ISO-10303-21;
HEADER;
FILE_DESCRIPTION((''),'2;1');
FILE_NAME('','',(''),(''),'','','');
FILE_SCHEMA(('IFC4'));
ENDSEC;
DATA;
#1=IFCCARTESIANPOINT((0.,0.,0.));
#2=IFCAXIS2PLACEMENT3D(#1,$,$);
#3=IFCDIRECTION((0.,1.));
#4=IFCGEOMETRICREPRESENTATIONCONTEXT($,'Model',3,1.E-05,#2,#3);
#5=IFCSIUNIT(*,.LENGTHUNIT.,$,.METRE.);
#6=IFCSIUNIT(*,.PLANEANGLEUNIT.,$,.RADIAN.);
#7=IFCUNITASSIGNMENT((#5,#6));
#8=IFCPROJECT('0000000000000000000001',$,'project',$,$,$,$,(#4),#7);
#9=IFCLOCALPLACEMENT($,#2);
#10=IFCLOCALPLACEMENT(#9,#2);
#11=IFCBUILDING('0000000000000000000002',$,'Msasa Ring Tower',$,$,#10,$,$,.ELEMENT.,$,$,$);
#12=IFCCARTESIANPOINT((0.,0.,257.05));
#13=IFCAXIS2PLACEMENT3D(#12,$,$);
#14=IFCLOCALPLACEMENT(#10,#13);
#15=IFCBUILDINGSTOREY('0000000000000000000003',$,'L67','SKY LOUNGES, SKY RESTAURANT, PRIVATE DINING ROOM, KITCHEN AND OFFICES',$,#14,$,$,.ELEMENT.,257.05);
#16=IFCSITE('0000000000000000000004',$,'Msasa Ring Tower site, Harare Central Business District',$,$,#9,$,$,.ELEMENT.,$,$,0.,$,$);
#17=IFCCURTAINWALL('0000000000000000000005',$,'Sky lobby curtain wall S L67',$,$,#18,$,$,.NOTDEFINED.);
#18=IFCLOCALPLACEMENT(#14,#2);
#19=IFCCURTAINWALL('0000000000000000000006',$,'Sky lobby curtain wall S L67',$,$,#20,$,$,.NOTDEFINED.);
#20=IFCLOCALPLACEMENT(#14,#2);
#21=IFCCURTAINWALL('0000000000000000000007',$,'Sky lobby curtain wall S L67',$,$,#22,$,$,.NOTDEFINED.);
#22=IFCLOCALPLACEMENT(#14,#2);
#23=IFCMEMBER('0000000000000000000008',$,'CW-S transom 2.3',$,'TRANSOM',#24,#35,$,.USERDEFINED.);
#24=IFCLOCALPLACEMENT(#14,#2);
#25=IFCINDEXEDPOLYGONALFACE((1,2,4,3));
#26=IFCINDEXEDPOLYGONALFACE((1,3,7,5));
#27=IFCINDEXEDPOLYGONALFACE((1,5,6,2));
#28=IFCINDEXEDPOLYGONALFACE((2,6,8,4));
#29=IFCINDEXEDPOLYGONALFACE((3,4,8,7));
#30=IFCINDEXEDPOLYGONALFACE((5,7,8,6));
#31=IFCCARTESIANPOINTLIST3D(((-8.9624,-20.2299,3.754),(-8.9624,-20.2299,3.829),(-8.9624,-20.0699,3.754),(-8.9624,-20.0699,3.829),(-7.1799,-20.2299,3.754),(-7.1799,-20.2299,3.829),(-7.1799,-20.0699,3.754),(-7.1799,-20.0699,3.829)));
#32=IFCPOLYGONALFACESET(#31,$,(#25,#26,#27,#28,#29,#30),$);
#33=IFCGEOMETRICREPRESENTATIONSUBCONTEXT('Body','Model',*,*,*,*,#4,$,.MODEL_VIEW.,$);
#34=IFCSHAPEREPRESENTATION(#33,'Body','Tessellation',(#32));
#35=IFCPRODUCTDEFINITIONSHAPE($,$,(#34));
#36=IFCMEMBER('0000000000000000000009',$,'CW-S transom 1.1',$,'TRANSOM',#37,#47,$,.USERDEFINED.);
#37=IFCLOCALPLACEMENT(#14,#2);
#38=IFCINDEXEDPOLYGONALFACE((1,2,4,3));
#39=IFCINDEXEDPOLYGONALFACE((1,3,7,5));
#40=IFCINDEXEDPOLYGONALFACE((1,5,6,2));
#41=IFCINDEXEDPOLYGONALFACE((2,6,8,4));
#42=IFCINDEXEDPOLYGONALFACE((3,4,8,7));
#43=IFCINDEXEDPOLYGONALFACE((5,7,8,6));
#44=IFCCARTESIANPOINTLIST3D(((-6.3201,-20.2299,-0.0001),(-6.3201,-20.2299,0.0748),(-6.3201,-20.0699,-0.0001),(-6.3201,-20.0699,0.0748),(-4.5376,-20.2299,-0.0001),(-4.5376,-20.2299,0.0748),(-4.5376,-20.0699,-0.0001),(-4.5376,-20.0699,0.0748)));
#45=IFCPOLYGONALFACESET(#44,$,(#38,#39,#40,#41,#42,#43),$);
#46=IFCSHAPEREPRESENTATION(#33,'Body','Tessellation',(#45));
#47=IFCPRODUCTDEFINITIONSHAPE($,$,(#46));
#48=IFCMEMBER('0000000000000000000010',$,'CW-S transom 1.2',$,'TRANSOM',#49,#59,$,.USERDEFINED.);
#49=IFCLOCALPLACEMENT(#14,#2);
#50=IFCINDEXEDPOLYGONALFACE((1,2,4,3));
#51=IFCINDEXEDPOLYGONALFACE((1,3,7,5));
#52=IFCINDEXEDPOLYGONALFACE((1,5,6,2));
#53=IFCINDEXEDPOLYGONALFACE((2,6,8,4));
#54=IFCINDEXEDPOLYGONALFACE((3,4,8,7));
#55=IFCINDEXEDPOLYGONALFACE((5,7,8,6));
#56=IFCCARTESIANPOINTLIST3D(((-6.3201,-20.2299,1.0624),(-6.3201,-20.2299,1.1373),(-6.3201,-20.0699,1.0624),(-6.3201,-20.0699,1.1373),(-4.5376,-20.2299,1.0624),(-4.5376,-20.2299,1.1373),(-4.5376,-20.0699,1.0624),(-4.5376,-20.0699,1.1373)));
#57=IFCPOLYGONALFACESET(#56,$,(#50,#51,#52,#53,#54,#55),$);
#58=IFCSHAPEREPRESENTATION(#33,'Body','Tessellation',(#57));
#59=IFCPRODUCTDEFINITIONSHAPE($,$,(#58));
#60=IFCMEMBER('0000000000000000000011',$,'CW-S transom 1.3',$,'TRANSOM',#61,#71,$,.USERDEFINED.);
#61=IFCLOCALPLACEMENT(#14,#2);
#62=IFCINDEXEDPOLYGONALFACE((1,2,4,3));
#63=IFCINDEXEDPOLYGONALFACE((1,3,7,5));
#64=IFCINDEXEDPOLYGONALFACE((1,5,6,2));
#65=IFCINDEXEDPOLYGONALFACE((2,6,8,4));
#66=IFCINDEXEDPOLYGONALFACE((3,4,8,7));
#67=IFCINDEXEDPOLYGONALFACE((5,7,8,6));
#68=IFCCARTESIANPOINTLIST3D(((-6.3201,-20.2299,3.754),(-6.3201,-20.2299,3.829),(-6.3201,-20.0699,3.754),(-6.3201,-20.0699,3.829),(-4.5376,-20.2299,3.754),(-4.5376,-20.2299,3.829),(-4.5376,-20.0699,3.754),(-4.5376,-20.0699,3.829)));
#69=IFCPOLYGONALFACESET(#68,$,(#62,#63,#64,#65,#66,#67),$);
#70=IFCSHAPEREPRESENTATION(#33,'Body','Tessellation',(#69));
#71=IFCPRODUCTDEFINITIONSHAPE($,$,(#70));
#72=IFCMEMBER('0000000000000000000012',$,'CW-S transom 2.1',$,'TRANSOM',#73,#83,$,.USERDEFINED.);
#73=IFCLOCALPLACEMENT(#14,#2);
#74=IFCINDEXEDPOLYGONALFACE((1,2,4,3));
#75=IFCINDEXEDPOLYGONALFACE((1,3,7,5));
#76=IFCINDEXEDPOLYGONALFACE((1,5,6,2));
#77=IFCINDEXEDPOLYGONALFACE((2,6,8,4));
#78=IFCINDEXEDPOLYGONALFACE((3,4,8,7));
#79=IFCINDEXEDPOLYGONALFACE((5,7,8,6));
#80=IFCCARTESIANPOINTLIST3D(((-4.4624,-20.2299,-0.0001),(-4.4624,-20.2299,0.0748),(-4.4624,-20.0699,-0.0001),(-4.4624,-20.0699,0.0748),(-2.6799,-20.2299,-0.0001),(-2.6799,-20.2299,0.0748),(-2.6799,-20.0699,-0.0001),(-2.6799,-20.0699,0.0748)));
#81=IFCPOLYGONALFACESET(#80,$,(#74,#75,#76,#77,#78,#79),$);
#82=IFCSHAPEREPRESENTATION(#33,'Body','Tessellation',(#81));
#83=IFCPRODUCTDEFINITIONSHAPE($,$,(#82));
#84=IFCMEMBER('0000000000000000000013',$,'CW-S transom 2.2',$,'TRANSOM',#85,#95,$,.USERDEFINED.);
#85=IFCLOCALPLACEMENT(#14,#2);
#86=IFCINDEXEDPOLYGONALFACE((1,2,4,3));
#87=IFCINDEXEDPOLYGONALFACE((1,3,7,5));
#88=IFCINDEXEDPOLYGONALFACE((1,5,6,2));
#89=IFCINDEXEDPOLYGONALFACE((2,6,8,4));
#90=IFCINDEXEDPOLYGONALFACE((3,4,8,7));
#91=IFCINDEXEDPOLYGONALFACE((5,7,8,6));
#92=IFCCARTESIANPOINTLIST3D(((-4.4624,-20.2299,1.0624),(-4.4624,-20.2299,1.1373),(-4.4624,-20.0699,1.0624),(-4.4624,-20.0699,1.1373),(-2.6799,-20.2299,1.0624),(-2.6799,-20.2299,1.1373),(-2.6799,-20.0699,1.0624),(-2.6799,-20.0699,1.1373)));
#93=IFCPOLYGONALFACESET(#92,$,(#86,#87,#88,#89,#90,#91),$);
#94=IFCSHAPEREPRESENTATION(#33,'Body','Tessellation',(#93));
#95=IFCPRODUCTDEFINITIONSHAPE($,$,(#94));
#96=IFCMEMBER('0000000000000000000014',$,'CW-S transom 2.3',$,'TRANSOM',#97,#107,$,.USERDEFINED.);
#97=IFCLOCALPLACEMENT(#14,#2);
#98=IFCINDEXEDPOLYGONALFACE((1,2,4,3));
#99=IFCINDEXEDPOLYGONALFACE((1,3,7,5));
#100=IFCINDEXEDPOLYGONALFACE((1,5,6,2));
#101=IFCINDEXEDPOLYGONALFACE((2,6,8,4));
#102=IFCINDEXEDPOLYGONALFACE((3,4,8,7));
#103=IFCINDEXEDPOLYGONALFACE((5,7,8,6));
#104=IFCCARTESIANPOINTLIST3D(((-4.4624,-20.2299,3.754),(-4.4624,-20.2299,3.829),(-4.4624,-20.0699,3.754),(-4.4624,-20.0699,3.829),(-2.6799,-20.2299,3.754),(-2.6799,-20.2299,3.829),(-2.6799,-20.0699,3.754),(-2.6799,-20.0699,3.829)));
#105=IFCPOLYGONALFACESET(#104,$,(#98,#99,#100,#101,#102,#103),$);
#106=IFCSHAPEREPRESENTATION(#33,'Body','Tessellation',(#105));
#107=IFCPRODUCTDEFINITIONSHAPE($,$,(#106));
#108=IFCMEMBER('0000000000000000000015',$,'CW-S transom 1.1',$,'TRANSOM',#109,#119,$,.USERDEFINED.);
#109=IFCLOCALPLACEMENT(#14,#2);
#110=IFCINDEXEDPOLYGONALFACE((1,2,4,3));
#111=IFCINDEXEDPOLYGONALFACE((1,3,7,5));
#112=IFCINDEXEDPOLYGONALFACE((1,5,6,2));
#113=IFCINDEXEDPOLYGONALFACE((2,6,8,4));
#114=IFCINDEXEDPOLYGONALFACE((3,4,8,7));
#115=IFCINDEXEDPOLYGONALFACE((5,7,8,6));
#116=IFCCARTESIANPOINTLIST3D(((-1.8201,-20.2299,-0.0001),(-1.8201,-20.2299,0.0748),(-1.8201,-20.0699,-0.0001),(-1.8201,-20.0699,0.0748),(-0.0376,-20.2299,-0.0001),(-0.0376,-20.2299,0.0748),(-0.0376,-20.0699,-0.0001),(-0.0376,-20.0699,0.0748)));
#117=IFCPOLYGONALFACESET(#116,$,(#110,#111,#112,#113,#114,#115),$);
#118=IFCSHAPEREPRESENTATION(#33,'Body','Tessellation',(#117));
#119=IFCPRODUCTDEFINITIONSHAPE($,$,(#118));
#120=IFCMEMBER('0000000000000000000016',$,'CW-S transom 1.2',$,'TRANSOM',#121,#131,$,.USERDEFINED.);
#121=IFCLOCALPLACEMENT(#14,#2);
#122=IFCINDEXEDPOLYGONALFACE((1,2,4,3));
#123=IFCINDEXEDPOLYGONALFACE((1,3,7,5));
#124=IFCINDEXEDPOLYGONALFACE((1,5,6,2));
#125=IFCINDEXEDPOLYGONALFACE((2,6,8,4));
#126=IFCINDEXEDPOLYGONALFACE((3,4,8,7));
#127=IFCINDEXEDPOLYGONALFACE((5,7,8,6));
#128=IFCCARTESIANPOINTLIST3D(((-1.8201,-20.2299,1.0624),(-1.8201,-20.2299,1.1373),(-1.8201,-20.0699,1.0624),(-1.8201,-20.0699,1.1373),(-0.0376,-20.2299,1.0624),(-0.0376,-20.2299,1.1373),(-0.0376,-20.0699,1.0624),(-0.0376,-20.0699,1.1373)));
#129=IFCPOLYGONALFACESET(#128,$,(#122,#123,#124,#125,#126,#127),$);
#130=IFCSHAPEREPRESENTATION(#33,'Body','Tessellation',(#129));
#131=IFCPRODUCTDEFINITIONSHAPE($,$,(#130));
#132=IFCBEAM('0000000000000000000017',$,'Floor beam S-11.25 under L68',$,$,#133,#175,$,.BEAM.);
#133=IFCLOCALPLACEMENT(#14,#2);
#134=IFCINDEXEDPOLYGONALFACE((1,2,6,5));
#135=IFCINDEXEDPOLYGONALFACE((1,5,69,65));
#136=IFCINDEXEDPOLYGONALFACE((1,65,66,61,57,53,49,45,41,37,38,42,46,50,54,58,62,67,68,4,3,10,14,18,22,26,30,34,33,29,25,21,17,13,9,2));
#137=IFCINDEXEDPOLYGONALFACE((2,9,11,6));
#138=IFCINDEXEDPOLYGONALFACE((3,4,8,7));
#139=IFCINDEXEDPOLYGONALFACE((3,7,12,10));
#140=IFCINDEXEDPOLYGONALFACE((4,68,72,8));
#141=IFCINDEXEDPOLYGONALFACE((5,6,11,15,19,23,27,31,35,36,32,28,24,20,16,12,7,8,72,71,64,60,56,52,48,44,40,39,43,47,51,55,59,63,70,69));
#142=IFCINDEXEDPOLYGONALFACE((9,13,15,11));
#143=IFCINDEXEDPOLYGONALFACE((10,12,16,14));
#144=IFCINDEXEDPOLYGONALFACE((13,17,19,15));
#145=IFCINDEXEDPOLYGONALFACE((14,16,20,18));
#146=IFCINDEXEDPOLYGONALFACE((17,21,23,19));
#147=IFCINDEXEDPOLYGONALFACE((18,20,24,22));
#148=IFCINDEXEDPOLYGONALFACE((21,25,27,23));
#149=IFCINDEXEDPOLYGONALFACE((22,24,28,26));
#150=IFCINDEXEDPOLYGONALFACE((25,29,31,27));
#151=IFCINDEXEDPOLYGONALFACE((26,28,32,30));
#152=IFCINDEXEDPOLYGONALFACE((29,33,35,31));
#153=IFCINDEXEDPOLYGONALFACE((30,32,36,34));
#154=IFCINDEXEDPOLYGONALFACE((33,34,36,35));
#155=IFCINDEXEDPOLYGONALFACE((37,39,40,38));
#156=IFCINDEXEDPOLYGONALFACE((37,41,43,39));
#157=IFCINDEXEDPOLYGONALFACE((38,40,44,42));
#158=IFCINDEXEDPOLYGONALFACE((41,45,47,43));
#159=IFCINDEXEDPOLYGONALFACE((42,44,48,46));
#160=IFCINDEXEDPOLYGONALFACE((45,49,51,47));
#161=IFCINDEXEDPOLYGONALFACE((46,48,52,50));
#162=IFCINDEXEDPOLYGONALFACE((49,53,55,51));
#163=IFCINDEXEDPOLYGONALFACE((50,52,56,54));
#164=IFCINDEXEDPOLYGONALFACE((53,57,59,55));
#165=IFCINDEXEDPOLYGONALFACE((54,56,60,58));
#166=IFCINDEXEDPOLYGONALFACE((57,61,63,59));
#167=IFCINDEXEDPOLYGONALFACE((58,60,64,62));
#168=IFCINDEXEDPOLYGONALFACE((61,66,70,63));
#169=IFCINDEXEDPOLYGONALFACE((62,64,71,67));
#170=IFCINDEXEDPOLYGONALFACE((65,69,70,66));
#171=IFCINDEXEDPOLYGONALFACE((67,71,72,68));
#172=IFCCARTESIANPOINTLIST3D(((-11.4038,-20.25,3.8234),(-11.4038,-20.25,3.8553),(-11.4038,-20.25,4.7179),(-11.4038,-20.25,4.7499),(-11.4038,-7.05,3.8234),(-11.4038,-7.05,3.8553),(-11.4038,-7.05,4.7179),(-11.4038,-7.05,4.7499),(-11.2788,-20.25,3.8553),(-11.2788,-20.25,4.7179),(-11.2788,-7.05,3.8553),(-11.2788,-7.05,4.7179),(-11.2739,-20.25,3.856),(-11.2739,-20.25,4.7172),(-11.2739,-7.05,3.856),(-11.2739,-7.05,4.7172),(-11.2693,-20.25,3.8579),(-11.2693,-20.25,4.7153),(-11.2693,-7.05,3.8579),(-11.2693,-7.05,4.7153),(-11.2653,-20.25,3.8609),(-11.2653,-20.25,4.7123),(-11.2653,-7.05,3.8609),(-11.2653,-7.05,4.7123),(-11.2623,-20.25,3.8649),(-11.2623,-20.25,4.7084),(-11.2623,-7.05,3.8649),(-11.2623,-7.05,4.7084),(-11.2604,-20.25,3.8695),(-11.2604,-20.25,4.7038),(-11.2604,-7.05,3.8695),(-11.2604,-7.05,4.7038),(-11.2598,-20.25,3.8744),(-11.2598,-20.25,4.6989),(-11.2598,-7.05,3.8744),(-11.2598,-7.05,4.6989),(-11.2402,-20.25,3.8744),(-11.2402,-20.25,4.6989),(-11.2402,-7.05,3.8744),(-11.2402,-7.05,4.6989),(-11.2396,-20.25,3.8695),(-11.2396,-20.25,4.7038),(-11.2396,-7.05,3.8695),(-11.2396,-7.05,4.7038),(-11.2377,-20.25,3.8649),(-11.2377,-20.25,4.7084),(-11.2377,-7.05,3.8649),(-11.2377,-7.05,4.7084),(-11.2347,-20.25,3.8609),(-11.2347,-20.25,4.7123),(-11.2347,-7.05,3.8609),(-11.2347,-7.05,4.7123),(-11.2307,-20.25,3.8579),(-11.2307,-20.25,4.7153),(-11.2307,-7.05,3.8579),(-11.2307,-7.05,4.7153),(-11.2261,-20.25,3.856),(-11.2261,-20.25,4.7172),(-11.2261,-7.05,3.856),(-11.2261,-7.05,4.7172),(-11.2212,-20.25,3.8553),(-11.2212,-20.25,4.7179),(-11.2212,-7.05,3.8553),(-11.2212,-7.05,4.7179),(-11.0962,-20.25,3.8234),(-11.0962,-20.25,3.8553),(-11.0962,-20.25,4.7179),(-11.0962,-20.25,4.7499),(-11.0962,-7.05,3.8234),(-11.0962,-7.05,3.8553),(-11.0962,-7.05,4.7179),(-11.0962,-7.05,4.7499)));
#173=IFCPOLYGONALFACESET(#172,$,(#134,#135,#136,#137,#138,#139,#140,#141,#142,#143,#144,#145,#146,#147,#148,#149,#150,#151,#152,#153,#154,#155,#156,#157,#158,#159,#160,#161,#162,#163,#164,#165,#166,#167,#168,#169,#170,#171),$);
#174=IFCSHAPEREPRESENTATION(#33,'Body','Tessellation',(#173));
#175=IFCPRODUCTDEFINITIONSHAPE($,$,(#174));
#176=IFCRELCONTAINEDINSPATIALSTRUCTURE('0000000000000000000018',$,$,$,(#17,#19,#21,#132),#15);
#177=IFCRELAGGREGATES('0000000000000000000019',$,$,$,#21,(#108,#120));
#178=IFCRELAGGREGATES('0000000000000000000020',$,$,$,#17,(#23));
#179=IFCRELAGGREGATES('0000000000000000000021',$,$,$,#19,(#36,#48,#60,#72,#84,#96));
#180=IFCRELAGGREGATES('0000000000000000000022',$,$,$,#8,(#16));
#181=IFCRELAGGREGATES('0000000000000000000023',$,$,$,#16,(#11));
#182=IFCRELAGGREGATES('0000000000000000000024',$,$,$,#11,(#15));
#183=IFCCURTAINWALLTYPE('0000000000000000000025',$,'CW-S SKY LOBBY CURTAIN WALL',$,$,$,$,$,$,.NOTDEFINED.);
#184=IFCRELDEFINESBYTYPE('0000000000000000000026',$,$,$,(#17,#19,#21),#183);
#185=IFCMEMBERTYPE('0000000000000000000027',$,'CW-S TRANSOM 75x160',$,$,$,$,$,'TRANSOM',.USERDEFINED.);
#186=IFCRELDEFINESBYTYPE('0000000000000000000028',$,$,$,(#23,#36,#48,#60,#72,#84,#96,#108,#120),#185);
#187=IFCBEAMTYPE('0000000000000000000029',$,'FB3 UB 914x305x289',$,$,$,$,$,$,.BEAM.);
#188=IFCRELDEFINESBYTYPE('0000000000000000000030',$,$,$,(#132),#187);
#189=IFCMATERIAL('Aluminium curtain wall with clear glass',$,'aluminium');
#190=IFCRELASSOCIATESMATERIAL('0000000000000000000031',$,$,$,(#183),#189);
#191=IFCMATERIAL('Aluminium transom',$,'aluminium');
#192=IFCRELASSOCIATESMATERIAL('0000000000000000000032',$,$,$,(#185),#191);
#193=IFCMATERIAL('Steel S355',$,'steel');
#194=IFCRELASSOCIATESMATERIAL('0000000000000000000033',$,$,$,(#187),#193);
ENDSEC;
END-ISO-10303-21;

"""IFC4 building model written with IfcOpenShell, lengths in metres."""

from ifc_helpers import new_model, si_unit, direction, frame, origin, origin_2d, place, context, subcontext, project, spatial, rectangle, i_section, extrude, material, material_profile, profile_set, type_object, element, aggregate, save


model = new_model("IFC4")

# Units and contexts
model_context = context("Model", 3, precision=1e-05, world=origin(), true_north=direction((0.0, 1.0)))
body_context = subcontext(model_context, "Body", "Model", "MODEL_VIEW")
ifc_project = project(units=[si_unit("LENGTHUNIT", "METRE"), si_unit("PLANEANGLEUNIT", "RADIAN")], contexts=[model_context])

# Site, building, storey
site_placement = place(None, origin())
site = spatial("IfcSite", under=ifc_project, at=site_placement, Name="Msasa Ring Tower site, Harare Central Business District", CompositionType="ELEMENT", RefElevation=0.0)
building_placement = place(site_placement, origin())
building = spatial("IfcBuilding", under=site, at=building_placement, Name="Msasa Ring Tower", CompositionType="ELEMENT")
storey_placement = place(building_placement, frame((0.0, 0.0, 257.05)))
storey = spatial("IfcBuildingStorey", under=building, at=storey_placement, Name="L67", Description="SKY LOUNGES, SKY RESTAURANT, PRIVATE DINING ROOM, KITCHEN AND OFFICES", CompositionType="ELEMENT", Elevation=257.05)

# Curtain walls
ifc_material_1 = material(Name="Aluminium curtain wall with clear glass", Category="aluminium")
curtain_wall_type = type_object("IfcCurtainWallType", Name="CW-S SKY LOBBY CURTAIN WALL", PredefinedType="NOTDEFINED", material=ifc_material_1)
curtain_wall_1_placement = place(storey_placement, origin())
curtain_wall_1 = element("IfcCurtainWall", 1, at=curtain_wall_1_placement, inside=storey, type_object=curtain_wall_type, Name="Sky lobby curtain wall S L67", PredefinedType="NOTDEFINED")
curtain_wall_2_placement = place(storey_placement, origin())
curtain_wall_2 = element("IfcCurtainWall", 2, at=curtain_wall_2_placement, inside=storey, type_object=curtain_wall_type, Name="Sky lobby curtain wall S L67", PredefinedType="NOTDEFINED")

# Curtain wall
curtain_wall_3_placement = place(storey_placement, origin())
curtain_wall_3 = element("IfcCurtainWall", 3, at=curtain_wall_3_placement, inside=storey, type_object=curtain_wall_type, Name="Sky lobby curtain wall S L67", PredefinedType="NOTDEFINED")

# Members
ifc_material_2 = material(Name="Aluminium transom", Category="aluminium")
ifc_material_profile_1 = material_profile(ifc_material_2, rectangle(XDim=0.1599, YDim=0.075, at=origin_2d()), Name="AL 75x160")
ifc_profile_set_1 = profile_set([ifc_material_profile_1], Name="Aluminium transom")
member_type_1 = type_object("IfcMemberType", Name="CW-S TRANSOM 75x160", ElementType="TRANSOM", PredefinedType="USERDEFINED", material=ifc_profile_set_1)
member_1_placement = place(storey_placement, frame((-8.9624, -20.1499, 3.7915), z_axis=(1.0, 0.0, 0.0), x_axis=(0.0, 1.0, 0.0)))
member_1 = element("IfcMember", 4, at=member_1_placement, type_object=member_type_1, Name="CW-S transom 2.3", ObjectType="TRANSOM", PredefinedType="USERDEFINED", context=body_context, shape_type="SweptSolid", body=[
    extrude(rectangle(XDim=0.1599, YDim=0.075, at=origin_2d()), origin(), (0.0, 0.0, 1.0), 1.7825),
])
member_2_placement = place(storey_placement, frame((-6.3201, -20.1499, 0.0374), z_axis=(1.0, 0.0, 0.0), x_axis=(0.0, 1.0, 0.0)))
member_2 = element("IfcMember", 5, at=member_2_placement, type_object=member_type_1, Name="CW-S transom 1.1", ObjectType="TRANSOM", PredefinedType="USERDEFINED", context=body_context, shape_type="SweptSolid", body=[
    extrude(rectangle(XDim=0.1599, YDim=0.075, at=origin_2d()), origin(), (0.0, 0.0, 1.0), 1.7825),
])
member_3_placement = place(storey_placement, frame((-6.3201, -20.1499, 1.0999), z_axis=(1.0, 0.0, 0.0), x_axis=(0.0, 1.0, 0.0)))
member_3 = element("IfcMember", 6, at=member_3_placement, type_object=member_type_1, Name="CW-S transom 1.2", ObjectType="TRANSOM", PredefinedType="USERDEFINED", context=body_context, shape_type="SweptSolid", body=[
    extrude(rectangle(XDim=0.1599, YDim=0.075, at=origin_2d()), origin(), (0.0, 0.0, 1.0), 1.7825),
])
member_4_placement = place(storey_placement, frame((-6.3201, -20.1499, 3.7915), z_axis=(1.0, 0.0, 0.0), x_axis=(0.0, 1.0, 0.0)))
member_4 = element("IfcMember", 7, at=member_4_placement, type_object=member_type_1, Name="CW-S transom 1.3", ObjectType="TRANSOM", PredefinedType="USERDEFINED", context=body_context, shape_type="SweptSolid", body=[
    extrude(rectangle(XDim=0.1599, YDim=0.075, at=origin_2d()), origin(), (0.0, 0.0, 1.0), 1.7825),
])
member_5_placement = place(storey_placement, frame((-4.4624, -20.1499, 0.0374), z_axis=(1.0, 0.0, 0.0), x_axis=(0.0, 1.0, 0.0)))
member_5 = element("IfcMember", 8, at=member_5_placement, type_object=member_type_1, Name="CW-S transom 2.1", ObjectType="TRANSOM", PredefinedType="USERDEFINED", context=body_context, shape_type="SweptSolid", body=[
    extrude(rectangle(XDim=0.1599, YDim=0.075, at=origin_2d()), origin(), (0.0, 0.0, 1.0), 1.7825),
])
member_6_placement = place(storey_placement, frame((-4.4624, -20.1499, 1.0999), z_axis=(1.0, 0.0, 0.0), x_axis=(0.0, 1.0, 0.0)))
member_6 = element("IfcMember", 9, at=member_6_placement, type_object=member_type_1, Name="CW-S transom 2.2", ObjectType="TRANSOM", PredefinedType="USERDEFINED", context=body_context, shape_type="SweptSolid", body=[
    extrude(rectangle(XDim=0.1599, YDim=0.075, at=origin_2d()), origin(), (0.0, 0.0, 1.0), 1.7825),
])
member_7_placement = place(storey_placement, frame((-4.4624, -20.1499, 3.7915), z_axis=(1.0, 0.0, 0.0), x_axis=(0.0, 1.0, 0.0)))
member_7 = element("IfcMember", 10, at=member_7_placement, type_object=member_type_1, Name="CW-S transom 2.3", ObjectType="TRANSOM", PredefinedType="USERDEFINED", context=body_context, shape_type="SweptSolid", body=[
    extrude(rectangle(XDim=0.1599, YDim=0.075, at=origin_2d()), origin(), (0.0, 0.0, 1.0), 1.7825),
])
member_8_placement = place(storey_placement, frame((-1.8201, -20.1499, 0.0374), z_axis=(1.0, 0.0, 0.0), x_axis=(0.0, 1.0, 0.0)))
member_8 = element("IfcMember", 11, at=member_8_placement, type_object=member_type_1, Name="CW-S transom 1.1", ObjectType="TRANSOM", PredefinedType="USERDEFINED", context=body_context, shape_type="SweptSolid", body=[
    extrude(rectangle(XDim=0.1599, YDim=0.075, at=origin_2d()), origin(), (0.0, 0.0, 1.0), 1.7825),
])
member_9_placement = place(storey_placement, frame((-1.8201, -20.1499, 1.0999), z_axis=(1.0, 0.0, 0.0), x_axis=(0.0, 1.0, 0.0)))
member_9 = element("IfcMember", 12, at=member_9_placement, type_object=member_type_1, Name="CW-S transom 1.2", ObjectType="TRANSOM", PredefinedType="USERDEFINED", context=body_context, shape_type="SweptSolid", body=[
    extrude(rectangle(XDim=0.1599, YDim=0.075, at=origin_2d()), origin(), (0.0, 0.0, 1.0), 1.7825),
])
aggregate(curtain_wall_3, [member_8, member_9])

# Beam
ifc_material_3 = material(Name="Steel S355", Category="steel")
ifc_material_profile_2 = material_profile(ifc_material_3, i_section(OverallWidth=0.3076, OverallDepth=0.9265, WebThickness=0.0195, FlangeThickness=0.032, FilletRadius=0.019, at=origin_2d()), Name="UB 914x305x289")
ifc_profile_set_2 = profile_set([ifc_material_profile_2], Name="Steel S355")
beam_type_1 = type_object("IfcBeamType", Name="FB3 UB 914x305x289", PredefinedType="BEAM", material=ifc_profile_set_2)
beam_placement = place(storey_placement, frame((-11.25, -20.25, 4.2866), z_axis=(0.0, 1.0, 0.0), x_axis=(-1.0, 0.0, 0.0)))
element("IfcBeam", 13, at=beam_placement, inside=storey, type_object=beam_type_1, Name="Floor beam S-11.25 under L68", PredefinedType="BEAM", context=body_context, shape_type="SweptSolid", body=[
    extrude(i_section(OverallWidth=0.3076, OverallDepth=0.9265, WebThickness=0.0195, FlangeThickness=0.032, FilletRadius=0.019, at=origin_2d()), origin(), (0.0, 0.0, 1.0), 13.2),
])

aggregate(curtain_wall_1, [member_1])
aggregate(curtain_wall_2, [member_2, member_3, member_4, member_5, member_6, member_7])

save(model, "model.ifc")
